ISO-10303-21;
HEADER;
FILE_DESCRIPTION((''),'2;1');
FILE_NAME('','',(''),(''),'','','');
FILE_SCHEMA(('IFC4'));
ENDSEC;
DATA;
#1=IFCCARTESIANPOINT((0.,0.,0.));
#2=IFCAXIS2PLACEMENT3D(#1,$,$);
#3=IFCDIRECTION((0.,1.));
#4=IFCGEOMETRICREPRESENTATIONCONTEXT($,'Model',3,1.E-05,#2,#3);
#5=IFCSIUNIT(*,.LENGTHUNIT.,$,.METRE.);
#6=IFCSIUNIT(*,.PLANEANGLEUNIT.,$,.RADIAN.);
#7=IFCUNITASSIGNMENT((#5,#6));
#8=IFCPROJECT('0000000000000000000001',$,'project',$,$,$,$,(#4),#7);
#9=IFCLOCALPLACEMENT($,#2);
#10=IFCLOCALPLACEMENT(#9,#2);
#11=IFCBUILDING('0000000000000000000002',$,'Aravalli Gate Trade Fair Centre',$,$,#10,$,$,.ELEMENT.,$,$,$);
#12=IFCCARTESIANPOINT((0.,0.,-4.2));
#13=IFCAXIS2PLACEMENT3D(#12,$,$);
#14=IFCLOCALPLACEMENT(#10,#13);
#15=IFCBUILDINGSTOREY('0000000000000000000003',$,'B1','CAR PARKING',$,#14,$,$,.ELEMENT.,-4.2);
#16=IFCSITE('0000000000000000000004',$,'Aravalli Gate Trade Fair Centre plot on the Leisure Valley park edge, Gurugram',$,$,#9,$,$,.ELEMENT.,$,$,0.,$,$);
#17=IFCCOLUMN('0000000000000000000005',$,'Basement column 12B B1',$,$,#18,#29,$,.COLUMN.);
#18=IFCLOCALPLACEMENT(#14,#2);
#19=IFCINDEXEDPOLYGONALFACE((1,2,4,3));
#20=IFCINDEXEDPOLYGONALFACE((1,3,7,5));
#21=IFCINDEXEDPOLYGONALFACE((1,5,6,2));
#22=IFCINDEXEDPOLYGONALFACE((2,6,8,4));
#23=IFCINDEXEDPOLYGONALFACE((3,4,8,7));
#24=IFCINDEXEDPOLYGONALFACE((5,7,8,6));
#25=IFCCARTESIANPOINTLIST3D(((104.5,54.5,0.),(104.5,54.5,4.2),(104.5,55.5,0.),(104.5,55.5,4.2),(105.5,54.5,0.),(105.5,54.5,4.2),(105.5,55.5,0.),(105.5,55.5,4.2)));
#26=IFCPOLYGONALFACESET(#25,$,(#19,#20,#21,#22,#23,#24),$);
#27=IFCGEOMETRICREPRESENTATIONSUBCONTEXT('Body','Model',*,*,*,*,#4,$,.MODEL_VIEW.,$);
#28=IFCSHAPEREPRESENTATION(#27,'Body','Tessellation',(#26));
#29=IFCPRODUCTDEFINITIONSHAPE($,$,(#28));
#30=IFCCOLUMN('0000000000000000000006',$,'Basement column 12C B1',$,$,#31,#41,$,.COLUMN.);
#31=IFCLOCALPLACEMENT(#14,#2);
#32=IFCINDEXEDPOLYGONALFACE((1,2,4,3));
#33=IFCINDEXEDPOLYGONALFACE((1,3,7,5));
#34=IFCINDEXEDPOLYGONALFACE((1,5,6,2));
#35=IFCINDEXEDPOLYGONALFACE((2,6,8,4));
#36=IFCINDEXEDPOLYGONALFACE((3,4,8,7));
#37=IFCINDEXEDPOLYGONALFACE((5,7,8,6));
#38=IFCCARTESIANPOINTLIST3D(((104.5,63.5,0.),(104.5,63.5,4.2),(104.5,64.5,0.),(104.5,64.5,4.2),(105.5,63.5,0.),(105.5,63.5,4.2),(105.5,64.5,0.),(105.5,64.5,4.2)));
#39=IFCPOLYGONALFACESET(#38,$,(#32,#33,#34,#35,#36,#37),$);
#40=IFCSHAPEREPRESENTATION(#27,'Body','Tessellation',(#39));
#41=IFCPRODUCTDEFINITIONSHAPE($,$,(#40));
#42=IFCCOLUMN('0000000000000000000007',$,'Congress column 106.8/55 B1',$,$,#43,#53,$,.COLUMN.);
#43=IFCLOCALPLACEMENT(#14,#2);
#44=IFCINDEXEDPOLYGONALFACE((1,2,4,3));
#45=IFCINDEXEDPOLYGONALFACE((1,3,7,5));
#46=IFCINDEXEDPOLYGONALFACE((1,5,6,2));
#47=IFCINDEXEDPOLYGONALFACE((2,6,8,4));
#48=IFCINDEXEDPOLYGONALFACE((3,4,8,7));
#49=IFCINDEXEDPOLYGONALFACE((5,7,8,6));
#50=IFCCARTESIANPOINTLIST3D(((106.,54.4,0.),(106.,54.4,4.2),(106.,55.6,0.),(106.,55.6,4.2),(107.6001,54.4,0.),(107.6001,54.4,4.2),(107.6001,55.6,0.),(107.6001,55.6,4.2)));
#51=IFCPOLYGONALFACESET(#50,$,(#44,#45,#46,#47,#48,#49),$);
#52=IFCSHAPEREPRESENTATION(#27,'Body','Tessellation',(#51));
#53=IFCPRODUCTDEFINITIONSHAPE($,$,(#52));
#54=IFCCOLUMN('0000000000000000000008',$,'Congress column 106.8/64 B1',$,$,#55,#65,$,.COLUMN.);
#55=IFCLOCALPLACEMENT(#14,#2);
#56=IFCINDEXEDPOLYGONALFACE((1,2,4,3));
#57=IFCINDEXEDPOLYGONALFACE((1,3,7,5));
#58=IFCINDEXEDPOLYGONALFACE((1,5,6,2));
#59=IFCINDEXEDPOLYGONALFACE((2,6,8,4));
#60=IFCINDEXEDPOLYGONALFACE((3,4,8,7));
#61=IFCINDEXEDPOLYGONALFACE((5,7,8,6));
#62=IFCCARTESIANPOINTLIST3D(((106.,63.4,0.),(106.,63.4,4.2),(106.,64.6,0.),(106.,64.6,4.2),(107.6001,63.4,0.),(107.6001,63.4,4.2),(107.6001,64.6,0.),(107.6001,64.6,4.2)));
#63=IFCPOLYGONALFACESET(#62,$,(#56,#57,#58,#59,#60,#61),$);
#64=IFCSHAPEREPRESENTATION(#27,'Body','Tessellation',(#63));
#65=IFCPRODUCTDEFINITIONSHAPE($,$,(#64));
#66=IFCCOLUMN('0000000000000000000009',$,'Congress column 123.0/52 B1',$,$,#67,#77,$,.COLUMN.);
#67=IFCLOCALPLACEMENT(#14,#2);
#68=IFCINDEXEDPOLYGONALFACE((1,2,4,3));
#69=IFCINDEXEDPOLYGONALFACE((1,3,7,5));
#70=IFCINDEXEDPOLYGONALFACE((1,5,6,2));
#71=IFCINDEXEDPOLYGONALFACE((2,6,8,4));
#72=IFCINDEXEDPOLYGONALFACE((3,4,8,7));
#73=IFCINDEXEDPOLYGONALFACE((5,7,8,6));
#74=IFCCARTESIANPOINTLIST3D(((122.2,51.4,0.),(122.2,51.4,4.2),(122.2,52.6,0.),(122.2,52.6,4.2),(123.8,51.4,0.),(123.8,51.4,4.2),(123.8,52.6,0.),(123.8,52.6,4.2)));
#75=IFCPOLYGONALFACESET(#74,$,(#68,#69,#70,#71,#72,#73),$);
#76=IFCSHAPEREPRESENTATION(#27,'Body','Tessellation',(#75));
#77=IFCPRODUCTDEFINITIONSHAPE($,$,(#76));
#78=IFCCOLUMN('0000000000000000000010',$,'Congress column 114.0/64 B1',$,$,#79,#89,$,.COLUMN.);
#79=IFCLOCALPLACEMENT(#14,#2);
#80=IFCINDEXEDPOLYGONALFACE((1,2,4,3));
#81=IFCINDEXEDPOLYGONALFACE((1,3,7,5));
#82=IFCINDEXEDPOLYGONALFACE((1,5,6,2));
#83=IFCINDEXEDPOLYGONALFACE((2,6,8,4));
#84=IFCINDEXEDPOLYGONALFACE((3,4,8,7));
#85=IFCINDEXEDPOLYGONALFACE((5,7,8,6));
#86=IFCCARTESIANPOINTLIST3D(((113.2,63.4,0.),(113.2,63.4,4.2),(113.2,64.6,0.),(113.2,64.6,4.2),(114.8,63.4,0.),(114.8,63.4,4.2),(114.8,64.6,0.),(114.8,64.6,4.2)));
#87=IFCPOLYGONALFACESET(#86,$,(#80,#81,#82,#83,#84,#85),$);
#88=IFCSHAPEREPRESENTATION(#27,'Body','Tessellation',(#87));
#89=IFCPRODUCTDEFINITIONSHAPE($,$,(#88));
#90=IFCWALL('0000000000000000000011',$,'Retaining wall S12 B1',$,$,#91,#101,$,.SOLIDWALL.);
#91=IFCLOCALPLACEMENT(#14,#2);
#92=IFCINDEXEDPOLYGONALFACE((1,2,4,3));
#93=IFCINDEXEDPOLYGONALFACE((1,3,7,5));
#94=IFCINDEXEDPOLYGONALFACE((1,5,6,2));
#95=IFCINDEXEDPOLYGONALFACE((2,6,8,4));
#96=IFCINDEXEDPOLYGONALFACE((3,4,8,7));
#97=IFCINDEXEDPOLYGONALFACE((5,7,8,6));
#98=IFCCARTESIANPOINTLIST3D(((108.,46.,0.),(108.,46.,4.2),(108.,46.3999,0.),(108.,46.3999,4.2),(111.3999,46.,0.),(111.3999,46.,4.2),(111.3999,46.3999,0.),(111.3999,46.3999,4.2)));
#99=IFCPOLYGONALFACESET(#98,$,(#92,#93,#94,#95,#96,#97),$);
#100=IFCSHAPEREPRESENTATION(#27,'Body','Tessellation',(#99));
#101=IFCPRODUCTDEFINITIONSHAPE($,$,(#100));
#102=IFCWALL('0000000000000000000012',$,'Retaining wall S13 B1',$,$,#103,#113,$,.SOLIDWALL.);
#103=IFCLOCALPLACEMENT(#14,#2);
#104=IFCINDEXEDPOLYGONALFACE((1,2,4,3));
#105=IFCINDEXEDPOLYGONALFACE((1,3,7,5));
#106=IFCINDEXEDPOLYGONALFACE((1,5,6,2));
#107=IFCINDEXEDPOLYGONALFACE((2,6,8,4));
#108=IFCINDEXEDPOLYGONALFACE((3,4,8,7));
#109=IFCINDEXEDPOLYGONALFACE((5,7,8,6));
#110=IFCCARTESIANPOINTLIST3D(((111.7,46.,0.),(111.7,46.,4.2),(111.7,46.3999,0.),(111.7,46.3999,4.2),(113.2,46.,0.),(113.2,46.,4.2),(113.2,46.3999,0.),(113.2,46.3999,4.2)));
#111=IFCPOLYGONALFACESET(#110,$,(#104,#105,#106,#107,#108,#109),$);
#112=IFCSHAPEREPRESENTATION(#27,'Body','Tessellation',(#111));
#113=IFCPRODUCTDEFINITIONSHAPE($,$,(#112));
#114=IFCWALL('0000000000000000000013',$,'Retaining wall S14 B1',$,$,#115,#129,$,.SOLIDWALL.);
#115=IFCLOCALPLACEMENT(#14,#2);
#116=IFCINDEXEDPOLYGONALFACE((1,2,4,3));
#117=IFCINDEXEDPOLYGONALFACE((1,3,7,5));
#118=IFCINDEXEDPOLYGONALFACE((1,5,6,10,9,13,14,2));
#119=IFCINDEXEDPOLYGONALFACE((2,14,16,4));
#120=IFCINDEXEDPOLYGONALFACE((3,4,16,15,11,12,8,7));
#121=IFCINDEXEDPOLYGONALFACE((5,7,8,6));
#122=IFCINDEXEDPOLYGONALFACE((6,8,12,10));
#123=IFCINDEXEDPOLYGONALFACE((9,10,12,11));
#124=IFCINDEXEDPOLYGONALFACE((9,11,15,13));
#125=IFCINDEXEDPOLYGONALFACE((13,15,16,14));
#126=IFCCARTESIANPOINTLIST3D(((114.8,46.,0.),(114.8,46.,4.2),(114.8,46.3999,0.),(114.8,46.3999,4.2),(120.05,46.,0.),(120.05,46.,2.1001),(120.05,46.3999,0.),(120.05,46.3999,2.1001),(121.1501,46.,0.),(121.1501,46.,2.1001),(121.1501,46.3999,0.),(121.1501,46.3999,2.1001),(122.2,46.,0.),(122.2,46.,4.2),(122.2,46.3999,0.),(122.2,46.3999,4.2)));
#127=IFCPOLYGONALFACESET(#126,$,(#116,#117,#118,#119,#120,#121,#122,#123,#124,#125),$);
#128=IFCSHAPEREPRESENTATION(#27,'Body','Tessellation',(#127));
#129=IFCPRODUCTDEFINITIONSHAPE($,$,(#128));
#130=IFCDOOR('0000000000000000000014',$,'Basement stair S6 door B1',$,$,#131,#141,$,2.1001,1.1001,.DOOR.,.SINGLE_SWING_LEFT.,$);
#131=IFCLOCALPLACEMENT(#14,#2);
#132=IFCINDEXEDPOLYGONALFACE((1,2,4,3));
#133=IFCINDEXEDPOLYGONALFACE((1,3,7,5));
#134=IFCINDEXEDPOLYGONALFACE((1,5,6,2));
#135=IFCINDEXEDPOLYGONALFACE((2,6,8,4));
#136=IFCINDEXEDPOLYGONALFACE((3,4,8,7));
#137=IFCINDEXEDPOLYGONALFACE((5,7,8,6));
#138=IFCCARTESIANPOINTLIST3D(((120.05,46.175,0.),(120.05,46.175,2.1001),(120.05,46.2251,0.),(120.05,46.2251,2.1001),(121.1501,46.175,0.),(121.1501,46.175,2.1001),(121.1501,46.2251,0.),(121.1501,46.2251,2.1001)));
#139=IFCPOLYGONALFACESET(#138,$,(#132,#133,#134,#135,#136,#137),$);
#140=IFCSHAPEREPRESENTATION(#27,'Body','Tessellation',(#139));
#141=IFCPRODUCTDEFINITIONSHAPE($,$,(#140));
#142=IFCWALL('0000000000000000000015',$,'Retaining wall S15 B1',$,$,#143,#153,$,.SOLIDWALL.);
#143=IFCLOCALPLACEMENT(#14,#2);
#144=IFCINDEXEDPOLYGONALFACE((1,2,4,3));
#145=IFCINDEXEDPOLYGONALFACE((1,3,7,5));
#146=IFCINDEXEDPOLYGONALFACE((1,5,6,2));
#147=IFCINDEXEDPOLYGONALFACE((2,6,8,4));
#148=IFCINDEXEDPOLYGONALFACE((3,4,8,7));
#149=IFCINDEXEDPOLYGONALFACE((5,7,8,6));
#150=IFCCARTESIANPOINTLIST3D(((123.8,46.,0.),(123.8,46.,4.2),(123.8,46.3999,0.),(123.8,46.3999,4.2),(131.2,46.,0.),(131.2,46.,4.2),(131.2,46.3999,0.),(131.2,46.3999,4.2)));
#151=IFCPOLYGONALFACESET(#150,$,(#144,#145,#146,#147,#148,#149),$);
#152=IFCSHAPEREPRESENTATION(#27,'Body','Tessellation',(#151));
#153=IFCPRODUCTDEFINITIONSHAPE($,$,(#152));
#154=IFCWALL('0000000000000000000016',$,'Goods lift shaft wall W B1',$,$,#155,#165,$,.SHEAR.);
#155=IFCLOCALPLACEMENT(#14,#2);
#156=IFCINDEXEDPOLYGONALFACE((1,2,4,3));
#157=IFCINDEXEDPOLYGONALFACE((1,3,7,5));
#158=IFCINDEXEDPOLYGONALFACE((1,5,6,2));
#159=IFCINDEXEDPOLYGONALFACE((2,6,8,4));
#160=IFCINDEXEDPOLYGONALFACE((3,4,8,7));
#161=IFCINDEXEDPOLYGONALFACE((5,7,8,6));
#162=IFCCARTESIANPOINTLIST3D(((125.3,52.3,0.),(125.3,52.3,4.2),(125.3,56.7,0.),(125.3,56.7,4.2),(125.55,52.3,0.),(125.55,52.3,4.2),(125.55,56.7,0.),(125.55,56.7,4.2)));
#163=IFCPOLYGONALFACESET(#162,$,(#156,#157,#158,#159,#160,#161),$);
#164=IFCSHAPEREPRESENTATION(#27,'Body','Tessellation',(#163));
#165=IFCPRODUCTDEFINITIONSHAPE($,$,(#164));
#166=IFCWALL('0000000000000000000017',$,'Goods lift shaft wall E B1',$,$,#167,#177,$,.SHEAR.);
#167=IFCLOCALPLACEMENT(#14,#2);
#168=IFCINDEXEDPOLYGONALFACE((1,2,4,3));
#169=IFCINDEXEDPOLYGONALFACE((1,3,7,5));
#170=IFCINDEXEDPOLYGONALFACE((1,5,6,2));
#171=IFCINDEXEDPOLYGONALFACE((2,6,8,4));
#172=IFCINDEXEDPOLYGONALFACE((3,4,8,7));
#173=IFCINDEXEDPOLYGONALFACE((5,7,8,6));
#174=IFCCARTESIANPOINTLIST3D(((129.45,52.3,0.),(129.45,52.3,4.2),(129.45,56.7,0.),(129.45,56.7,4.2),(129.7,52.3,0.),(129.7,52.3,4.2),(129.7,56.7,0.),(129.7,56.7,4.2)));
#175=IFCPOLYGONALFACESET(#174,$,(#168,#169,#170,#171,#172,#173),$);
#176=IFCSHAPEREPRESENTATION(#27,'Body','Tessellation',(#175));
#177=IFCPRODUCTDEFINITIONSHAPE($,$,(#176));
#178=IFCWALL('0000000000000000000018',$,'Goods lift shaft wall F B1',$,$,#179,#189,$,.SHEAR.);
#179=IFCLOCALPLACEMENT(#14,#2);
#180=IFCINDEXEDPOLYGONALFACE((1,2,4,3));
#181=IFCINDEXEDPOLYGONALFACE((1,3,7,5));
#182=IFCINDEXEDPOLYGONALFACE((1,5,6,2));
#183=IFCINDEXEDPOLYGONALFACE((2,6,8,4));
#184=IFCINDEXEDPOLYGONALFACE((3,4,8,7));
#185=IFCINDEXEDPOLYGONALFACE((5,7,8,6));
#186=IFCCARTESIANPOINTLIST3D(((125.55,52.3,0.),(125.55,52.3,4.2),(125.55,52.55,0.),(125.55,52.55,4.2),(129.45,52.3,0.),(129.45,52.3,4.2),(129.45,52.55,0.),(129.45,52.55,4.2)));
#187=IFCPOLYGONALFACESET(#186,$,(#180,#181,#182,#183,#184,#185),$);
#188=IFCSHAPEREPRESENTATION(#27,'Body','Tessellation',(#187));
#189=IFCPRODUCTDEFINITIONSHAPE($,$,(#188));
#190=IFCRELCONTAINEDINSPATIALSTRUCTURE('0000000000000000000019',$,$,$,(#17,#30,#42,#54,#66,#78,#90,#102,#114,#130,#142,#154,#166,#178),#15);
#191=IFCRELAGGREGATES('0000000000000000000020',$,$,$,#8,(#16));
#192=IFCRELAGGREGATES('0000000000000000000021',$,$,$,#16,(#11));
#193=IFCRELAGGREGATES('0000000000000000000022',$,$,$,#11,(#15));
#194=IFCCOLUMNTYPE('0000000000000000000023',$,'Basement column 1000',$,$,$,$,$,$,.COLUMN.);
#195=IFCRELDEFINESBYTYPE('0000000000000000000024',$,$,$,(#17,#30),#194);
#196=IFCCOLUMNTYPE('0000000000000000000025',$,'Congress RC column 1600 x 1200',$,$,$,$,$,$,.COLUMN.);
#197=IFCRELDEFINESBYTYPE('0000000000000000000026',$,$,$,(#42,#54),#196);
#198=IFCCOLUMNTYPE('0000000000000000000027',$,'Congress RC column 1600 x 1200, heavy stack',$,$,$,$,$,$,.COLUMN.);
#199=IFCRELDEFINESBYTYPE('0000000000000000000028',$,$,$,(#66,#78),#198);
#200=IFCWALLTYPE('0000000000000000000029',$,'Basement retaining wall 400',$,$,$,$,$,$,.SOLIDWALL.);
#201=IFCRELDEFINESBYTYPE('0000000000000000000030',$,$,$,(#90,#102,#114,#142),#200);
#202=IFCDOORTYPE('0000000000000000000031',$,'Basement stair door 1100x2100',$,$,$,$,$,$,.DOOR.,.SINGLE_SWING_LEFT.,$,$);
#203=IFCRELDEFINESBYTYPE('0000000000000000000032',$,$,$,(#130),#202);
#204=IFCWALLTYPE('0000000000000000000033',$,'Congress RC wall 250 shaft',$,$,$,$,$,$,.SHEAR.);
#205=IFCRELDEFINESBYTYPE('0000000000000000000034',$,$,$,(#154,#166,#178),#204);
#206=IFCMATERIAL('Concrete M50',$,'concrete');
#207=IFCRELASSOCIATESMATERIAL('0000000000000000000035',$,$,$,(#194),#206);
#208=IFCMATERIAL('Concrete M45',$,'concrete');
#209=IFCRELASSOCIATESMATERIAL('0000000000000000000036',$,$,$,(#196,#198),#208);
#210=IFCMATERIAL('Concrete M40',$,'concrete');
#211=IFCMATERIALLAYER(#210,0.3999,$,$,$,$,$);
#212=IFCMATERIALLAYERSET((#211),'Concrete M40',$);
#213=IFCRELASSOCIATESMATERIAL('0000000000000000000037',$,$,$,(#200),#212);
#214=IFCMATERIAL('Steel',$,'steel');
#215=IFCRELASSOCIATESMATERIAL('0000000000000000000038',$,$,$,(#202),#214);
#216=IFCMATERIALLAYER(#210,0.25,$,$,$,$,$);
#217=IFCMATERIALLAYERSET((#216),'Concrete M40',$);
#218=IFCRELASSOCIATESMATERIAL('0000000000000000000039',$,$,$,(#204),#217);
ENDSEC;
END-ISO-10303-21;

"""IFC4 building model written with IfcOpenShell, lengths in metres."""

from ifc_helpers import new_model, si_unit, direction, frame, frame_2d, origin, origin_2d, place, context, subcontext, project, spatial, rectangle, extrude, material, layer, layer_set, material_profile, profile_set, type_object, element, fill, save


model = new_model("IFC4")

# Units and contexts
model_context = context("Model", 3, precision=1e-05, world=origin(), true_north=direction((0.0, 1.0)))
body_context = subcontext(model_context, "Body", "Model", "MODEL_VIEW")
ifc_project = project(units=[si_unit("LENGTHUNIT", "METRE"), si_unit("PLANEANGLEUNIT", "RADIAN")], contexts=[model_context])

# Site, building, storey
site_placement = place(None, origin())
site = spatial("IfcSite", under=ifc_project, at=site_placement, Name="Aravalli Gate Trade Fair Centre plot on the Leisure Valley park edge, Gurugram", CompositionType="ELEMENT", RefElevation=0.0)
building_placement = place(site_placement, origin())
building = spatial("IfcBuilding", under=site, at=building_placement, Name="Aravalli Gate Trade Fair Centre", CompositionType="ELEMENT")
storey_placement = place(building_placement, frame((0.0, 0.0, -4.2)))
storey = spatial("IfcBuildingStorey", under=building, at=storey_placement, Name="B1", Description="CAR PARKING", CompositionType="ELEMENT", Elevation=-4.2)

# Columns
ifc_material_1 = material(Name="Concrete M50", Category="concrete")
ifc_material_profile_1 = material_profile(ifc_material_1, rectangle(XDim=1.0, YDim=1.0, at=origin_2d()), Name="RC 1000 x 1000")
ifc_profile_set_1 = profile_set([ifc_material_profile_1], Name="Concrete M50")
column_type_1 = type_object("IfcColumnType", Name="Basement column 1000", PredefinedType="COLUMN", material=ifc_profile_set_1)
for number, where, z_axis, x_axis, name in (
    (1, (105.0, 55.0, 0.0), (0.0, 0.0, 1.0), (1.0, 0.0, 0.0), "Basement column 12B B1"),
    (2, (105.0, 64.0, 0.0), (0.0, 0.0, 1.0), (1.0, 0.0, 0.0), "Basement column 12C B1"),
):
    element("IfcColumn", number, at=place(storey_placement, frame(where, z_axis=z_axis, x_axis=x_axis)), inside=storey, type_object=column_type_1, Name=name, PredefinedType="COLUMN", context=body_context, shape_type="SweptSolid", body=[
        extrude(rectangle(XDim=1.0, YDim=1.0, at=origin_2d()), origin(), (0.0, 0.0, 1.0), 4.2),
    ])
ifc_material_2 = material(Name="Concrete M45", Category="concrete")
ifc_material_profile_2 = material_profile(ifc_material_2, rectangle(XDim=1.6001, YDim=1.2, at=origin_2d()), Name="RC 1600x1200")
ifc_profile_set_2 = profile_set([ifc_material_profile_2], Name="Concrete M45")
column_type_2 = type_object("IfcColumnType", Name="Congress RC column 1600 x 1200", PredefinedType="COLUMN", material=ifc_profile_set_2)
for number, where, z_axis, x_axis, name in (
    (3, (106.8, 55.0, 0.0), (0.0, 0.0, 1.0), (1.0, 0.0, 0.0), "Congress column 106.8/55 B1"),
    (4, (106.8, 64.0, 0.0), (0.0, 0.0, 1.0), (1.0, 0.0, 0.0), "Congress column 106.8/64 B1"),
):
    element("IfcColumn", number, at=place(storey_placement, frame(where, z_axis=z_axis, x_axis=x_axis)), inside=storey, type_object=column_type_2, Name=name, PredefinedType="COLUMN", context=body_context, shape_type="SweptSolid", body=[
        extrude(rectangle(XDim=1.6001, YDim=1.2, at=origin_2d()), origin(), (0.0, 0.0, 1.0), 4.2),
    ])
ifc_material_profile_3 = material_profile(ifc_material_2, rectangle(XDim=1.6001, YDim=1.2, at=origin_2d()), Name="RC 1600x1200")
ifc_profile_set_3 = profile_set([ifc_material_profile_3], Name="Concrete M45")
column_type_3 = type_object("IfcColumnType", Name="Congress RC column 1600 x 1200, heavy stack", PredefinedType="COLUMN", material=ifc_profile_set_3)
for number, where, z_axis, x_axis, name in (
    (5, (123.0, 52.0, 0.0), (0.0, 0.0, 1.0), (1.0, 0.0, 0.0), "Congress column 123.0/52 B1"),
    (6, (114.0, 64.0, 0.0), (0.0, 0.0, 1.0), (1.0, 0.0, 0.0), "Congress column 114.0/64 B1"),
):
    element("IfcColumn", number, at=place(storey_placement, frame(where, z_axis=z_axis, x_axis=x_axis)), inside=storey, type_object=column_type_3, Name=name, PredefinedType="COLUMN", context=body_context, shape_type="SweptSolid", body=[
        extrude(rectangle(XDim=1.6001, YDim=1.2, at=origin_2d()), origin(), (0.0, 0.0, 1.0), 4.2),
    ])

# Walls
ifc_material_3 = material(Name="Concrete M40", Category="concrete")
ifc_layer_1 = layer(ifc_material_3, 0.3999)
ifc_layer_set_1 = layer_set([ifc_layer_1], Name="Concrete M40")
wall_type_1 = type_object("IfcWallType", Name="Basement retaining wall 400", PredefinedType="SOLIDWALL", material=ifc_layer_set_1)
wall_1_placement = place(storey_placement, frame((108.0, 46.2, 0.0), z_axis=(0.0, 0.0, 1.0), x_axis=(1.0, 0.0, 0.0)))
element("IfcWall", 7, at=wall_1_placement, inside=storey, type_object=wall_type_1, Name="Retaining wall S12 B1", PredefinedType="SOLIDWALL", context=body_context, shape_type="SweptSolid", body=[
    extrude(rectangle(XDim=3.3999, YDim=0.3999, at=frame_2d((1.7, 0.0))), origin(), (0.0, 0.0, 1.0), 4.2),
])
wall_2_placement = place(storey_placement, frame((111.7, 46.2, 0.0), z_axis=(0.0, 0.0, 1.0), x_axis=(1.0, 0.0, 0.0)))
element("IfcWall", 8, at=wall_2_placement, inside=storey, type_object=wall_type_1, Name="Retaining wall S13 B1", PredefinedType="SOLIDWALL", context=body_context, shape_type="SweptSolid", body=[
    extrude(rectangle(XDim=1.5, YDim=0.3999, at=frame_2d((0.75, 0.0))), origin(), (0.0, 0.0, 1.0), 4.2),
])

# Wall, opening, door
wall_3_placement = place(storey_placement, frame((114.8, 46.2, 0.0), z_axis=(0.0, 0.0, 1.0), x_axis=(1.0, 0.0, 0.0)))
wall_3 = element("IfcWall", 9, at=wall_3_placement, inside=storey, type_object=wall_type_1, Name="Retaining wall S14 B1", PredefinedType="SOLIDWALL", context=body_context, shape_type="SweptSolid", body=[
    extrude(rectangle(XDim=7.3999, YDim=0.3999, at=frame_2d((3.7, 0.0))), origin(), (0.0, 0.0, 1.0), 4.2),
])
opening_placement = place(wall_3_placement, frame((5.25, 0.0, 0.0)))
opening = element("IfcOpeningElement", 10, at=opening_placement, cuts=wall_3, PredefinedType="OPENING", context=body_context, shape_type="SweptSolid", body=[
    extrude(rectangle(XDim=1.1001, YDim=2.1001, at=frame_2d((0.55, 1.05))), frame((0.0, 0.21, 0.0), z_axis=(0.0, -1.0, 0.0), x_axis=(1.0, 0.0, 0.0)), (0.0, 0.0, 1.0), 0.4199),
])
ifc_material_4 = material(Name="Steel", Category="steel")
door_type = type_object("IfcDoorType", Name="Basement stair door 1100x2100", OperationType="SINGLE_SWING_LEFT", PredefinedType="DOOR", material=ifc_material_4)
door_placement = place(opening_placement, frame((1.1001, 0.0, 0.0), z_axis=(0.0, 0.0, 1.0), x_axis=(-1.0, 0.0, 0.0)))
door = element("IfcDoor", 11, at=door_placement, inside=storey, type_object=door_type, Name="Basement stair S6 door B1", OperationType="SINGLE_SWING_LEFT", OverallHeight=2.1001, OverallWidth=1.1001, PredefinedType="DOOR", context=body_context, shape_type="SweptSolid", body=[
    extrude(rectangle(XDim=1.1001, YDim=2.1001, at=frame_2d((0.55, 1.05))), frame((0.0, 0.0249, 0.0), z_axis=(0.0, -1.0, 0.0), x_axis=(1.0, 0.0, 0.0)), (0.0, 0.0, 1.0), 0.05),
])
fill(opening, door)

# Walls
wall_4_placement = place(storey_placement, frame((123.8, 46.2, 0.0), z_axis=(0.0, 0.0, 1.0), x_axis=(1.0, 0.0, 0.0)))
element("IfcWall", 12, at=wall_4_placement, inside=storey, type_object=wall_type_1, Name="Retaining wall S15 B1", PredefinedType="SOLIDWALL", context=body_context, shape_type="SweptSolid", body=[
    extrude(rectangle(XDim=7.3999, YDim=0.3999, at=frame_2d((3.7, 0.0))), origin(), (0.0, 0.0, 1.0), 4.2),
])
ifc_layer_2 = layer(ifc_material_3, 0.25)
ifc_layer_set_2 = layer_set([ifc_layer_2], Name="Concrete M40")
wall_type_2 = type_object("IfcWallType", Name="Congress RC wall 250 shaft", PredefinedType="SHEAR", material=ifc_layer_set_2)
for number, where, z_axis, x_axis, name in (
    (13, (125.425, 52.3, 0.0), (0.0, 0.0, 1.0), (0.0, 1.0, 0.0), "Goods lift shaft wall W B1"),
    (14, (129.575, 52.3, 0.0), (0.0, 0.0, 1.0), (0.0, 1.0, 0.0), "Goods lift shaft wall E B1"),
):
    element("IfcWall", number, at=place(storey_placement, frame(where, z_axis=z_axis, x_axis=x_axis)), inside=storey, type_object=wall_type_2, Name=name, PredefinedType="SHEAR", context=body_context, shape_type="SweptSolid", body=[
        extrude(rectangle(XDim=4.3999, YDim=0.25, at=frame_2d((2.2, 0.0))), origin(), (0.0, 0.0, 1.0), 4.2),
    ])
for number, where, z_axis, x_axis, name in (
    (15, (125.55, 52.425, 0.0), (0.0, 0.0, 1.0), (1.0, 0.0, 0.0), "Goods lift shaft wall F B1"),
):
    element("IfcWall", number, at=place(storey_placement, frame(where, z_axis=z_axis, x_axis=x_axis)), inside=storey, type_object=wall_type_2, Name=name, PredefinedType="SHEAR", context=body_context, shape_type="SweptSolid", body=[
        extrude(rectangle(XDim=3.8999, YDim=0.25, at=frame_2d((1.95, 0.0))), origin(), (0.0, 0.0, 1.0), 4.2),
    ])

save(model, "model.ifc")
